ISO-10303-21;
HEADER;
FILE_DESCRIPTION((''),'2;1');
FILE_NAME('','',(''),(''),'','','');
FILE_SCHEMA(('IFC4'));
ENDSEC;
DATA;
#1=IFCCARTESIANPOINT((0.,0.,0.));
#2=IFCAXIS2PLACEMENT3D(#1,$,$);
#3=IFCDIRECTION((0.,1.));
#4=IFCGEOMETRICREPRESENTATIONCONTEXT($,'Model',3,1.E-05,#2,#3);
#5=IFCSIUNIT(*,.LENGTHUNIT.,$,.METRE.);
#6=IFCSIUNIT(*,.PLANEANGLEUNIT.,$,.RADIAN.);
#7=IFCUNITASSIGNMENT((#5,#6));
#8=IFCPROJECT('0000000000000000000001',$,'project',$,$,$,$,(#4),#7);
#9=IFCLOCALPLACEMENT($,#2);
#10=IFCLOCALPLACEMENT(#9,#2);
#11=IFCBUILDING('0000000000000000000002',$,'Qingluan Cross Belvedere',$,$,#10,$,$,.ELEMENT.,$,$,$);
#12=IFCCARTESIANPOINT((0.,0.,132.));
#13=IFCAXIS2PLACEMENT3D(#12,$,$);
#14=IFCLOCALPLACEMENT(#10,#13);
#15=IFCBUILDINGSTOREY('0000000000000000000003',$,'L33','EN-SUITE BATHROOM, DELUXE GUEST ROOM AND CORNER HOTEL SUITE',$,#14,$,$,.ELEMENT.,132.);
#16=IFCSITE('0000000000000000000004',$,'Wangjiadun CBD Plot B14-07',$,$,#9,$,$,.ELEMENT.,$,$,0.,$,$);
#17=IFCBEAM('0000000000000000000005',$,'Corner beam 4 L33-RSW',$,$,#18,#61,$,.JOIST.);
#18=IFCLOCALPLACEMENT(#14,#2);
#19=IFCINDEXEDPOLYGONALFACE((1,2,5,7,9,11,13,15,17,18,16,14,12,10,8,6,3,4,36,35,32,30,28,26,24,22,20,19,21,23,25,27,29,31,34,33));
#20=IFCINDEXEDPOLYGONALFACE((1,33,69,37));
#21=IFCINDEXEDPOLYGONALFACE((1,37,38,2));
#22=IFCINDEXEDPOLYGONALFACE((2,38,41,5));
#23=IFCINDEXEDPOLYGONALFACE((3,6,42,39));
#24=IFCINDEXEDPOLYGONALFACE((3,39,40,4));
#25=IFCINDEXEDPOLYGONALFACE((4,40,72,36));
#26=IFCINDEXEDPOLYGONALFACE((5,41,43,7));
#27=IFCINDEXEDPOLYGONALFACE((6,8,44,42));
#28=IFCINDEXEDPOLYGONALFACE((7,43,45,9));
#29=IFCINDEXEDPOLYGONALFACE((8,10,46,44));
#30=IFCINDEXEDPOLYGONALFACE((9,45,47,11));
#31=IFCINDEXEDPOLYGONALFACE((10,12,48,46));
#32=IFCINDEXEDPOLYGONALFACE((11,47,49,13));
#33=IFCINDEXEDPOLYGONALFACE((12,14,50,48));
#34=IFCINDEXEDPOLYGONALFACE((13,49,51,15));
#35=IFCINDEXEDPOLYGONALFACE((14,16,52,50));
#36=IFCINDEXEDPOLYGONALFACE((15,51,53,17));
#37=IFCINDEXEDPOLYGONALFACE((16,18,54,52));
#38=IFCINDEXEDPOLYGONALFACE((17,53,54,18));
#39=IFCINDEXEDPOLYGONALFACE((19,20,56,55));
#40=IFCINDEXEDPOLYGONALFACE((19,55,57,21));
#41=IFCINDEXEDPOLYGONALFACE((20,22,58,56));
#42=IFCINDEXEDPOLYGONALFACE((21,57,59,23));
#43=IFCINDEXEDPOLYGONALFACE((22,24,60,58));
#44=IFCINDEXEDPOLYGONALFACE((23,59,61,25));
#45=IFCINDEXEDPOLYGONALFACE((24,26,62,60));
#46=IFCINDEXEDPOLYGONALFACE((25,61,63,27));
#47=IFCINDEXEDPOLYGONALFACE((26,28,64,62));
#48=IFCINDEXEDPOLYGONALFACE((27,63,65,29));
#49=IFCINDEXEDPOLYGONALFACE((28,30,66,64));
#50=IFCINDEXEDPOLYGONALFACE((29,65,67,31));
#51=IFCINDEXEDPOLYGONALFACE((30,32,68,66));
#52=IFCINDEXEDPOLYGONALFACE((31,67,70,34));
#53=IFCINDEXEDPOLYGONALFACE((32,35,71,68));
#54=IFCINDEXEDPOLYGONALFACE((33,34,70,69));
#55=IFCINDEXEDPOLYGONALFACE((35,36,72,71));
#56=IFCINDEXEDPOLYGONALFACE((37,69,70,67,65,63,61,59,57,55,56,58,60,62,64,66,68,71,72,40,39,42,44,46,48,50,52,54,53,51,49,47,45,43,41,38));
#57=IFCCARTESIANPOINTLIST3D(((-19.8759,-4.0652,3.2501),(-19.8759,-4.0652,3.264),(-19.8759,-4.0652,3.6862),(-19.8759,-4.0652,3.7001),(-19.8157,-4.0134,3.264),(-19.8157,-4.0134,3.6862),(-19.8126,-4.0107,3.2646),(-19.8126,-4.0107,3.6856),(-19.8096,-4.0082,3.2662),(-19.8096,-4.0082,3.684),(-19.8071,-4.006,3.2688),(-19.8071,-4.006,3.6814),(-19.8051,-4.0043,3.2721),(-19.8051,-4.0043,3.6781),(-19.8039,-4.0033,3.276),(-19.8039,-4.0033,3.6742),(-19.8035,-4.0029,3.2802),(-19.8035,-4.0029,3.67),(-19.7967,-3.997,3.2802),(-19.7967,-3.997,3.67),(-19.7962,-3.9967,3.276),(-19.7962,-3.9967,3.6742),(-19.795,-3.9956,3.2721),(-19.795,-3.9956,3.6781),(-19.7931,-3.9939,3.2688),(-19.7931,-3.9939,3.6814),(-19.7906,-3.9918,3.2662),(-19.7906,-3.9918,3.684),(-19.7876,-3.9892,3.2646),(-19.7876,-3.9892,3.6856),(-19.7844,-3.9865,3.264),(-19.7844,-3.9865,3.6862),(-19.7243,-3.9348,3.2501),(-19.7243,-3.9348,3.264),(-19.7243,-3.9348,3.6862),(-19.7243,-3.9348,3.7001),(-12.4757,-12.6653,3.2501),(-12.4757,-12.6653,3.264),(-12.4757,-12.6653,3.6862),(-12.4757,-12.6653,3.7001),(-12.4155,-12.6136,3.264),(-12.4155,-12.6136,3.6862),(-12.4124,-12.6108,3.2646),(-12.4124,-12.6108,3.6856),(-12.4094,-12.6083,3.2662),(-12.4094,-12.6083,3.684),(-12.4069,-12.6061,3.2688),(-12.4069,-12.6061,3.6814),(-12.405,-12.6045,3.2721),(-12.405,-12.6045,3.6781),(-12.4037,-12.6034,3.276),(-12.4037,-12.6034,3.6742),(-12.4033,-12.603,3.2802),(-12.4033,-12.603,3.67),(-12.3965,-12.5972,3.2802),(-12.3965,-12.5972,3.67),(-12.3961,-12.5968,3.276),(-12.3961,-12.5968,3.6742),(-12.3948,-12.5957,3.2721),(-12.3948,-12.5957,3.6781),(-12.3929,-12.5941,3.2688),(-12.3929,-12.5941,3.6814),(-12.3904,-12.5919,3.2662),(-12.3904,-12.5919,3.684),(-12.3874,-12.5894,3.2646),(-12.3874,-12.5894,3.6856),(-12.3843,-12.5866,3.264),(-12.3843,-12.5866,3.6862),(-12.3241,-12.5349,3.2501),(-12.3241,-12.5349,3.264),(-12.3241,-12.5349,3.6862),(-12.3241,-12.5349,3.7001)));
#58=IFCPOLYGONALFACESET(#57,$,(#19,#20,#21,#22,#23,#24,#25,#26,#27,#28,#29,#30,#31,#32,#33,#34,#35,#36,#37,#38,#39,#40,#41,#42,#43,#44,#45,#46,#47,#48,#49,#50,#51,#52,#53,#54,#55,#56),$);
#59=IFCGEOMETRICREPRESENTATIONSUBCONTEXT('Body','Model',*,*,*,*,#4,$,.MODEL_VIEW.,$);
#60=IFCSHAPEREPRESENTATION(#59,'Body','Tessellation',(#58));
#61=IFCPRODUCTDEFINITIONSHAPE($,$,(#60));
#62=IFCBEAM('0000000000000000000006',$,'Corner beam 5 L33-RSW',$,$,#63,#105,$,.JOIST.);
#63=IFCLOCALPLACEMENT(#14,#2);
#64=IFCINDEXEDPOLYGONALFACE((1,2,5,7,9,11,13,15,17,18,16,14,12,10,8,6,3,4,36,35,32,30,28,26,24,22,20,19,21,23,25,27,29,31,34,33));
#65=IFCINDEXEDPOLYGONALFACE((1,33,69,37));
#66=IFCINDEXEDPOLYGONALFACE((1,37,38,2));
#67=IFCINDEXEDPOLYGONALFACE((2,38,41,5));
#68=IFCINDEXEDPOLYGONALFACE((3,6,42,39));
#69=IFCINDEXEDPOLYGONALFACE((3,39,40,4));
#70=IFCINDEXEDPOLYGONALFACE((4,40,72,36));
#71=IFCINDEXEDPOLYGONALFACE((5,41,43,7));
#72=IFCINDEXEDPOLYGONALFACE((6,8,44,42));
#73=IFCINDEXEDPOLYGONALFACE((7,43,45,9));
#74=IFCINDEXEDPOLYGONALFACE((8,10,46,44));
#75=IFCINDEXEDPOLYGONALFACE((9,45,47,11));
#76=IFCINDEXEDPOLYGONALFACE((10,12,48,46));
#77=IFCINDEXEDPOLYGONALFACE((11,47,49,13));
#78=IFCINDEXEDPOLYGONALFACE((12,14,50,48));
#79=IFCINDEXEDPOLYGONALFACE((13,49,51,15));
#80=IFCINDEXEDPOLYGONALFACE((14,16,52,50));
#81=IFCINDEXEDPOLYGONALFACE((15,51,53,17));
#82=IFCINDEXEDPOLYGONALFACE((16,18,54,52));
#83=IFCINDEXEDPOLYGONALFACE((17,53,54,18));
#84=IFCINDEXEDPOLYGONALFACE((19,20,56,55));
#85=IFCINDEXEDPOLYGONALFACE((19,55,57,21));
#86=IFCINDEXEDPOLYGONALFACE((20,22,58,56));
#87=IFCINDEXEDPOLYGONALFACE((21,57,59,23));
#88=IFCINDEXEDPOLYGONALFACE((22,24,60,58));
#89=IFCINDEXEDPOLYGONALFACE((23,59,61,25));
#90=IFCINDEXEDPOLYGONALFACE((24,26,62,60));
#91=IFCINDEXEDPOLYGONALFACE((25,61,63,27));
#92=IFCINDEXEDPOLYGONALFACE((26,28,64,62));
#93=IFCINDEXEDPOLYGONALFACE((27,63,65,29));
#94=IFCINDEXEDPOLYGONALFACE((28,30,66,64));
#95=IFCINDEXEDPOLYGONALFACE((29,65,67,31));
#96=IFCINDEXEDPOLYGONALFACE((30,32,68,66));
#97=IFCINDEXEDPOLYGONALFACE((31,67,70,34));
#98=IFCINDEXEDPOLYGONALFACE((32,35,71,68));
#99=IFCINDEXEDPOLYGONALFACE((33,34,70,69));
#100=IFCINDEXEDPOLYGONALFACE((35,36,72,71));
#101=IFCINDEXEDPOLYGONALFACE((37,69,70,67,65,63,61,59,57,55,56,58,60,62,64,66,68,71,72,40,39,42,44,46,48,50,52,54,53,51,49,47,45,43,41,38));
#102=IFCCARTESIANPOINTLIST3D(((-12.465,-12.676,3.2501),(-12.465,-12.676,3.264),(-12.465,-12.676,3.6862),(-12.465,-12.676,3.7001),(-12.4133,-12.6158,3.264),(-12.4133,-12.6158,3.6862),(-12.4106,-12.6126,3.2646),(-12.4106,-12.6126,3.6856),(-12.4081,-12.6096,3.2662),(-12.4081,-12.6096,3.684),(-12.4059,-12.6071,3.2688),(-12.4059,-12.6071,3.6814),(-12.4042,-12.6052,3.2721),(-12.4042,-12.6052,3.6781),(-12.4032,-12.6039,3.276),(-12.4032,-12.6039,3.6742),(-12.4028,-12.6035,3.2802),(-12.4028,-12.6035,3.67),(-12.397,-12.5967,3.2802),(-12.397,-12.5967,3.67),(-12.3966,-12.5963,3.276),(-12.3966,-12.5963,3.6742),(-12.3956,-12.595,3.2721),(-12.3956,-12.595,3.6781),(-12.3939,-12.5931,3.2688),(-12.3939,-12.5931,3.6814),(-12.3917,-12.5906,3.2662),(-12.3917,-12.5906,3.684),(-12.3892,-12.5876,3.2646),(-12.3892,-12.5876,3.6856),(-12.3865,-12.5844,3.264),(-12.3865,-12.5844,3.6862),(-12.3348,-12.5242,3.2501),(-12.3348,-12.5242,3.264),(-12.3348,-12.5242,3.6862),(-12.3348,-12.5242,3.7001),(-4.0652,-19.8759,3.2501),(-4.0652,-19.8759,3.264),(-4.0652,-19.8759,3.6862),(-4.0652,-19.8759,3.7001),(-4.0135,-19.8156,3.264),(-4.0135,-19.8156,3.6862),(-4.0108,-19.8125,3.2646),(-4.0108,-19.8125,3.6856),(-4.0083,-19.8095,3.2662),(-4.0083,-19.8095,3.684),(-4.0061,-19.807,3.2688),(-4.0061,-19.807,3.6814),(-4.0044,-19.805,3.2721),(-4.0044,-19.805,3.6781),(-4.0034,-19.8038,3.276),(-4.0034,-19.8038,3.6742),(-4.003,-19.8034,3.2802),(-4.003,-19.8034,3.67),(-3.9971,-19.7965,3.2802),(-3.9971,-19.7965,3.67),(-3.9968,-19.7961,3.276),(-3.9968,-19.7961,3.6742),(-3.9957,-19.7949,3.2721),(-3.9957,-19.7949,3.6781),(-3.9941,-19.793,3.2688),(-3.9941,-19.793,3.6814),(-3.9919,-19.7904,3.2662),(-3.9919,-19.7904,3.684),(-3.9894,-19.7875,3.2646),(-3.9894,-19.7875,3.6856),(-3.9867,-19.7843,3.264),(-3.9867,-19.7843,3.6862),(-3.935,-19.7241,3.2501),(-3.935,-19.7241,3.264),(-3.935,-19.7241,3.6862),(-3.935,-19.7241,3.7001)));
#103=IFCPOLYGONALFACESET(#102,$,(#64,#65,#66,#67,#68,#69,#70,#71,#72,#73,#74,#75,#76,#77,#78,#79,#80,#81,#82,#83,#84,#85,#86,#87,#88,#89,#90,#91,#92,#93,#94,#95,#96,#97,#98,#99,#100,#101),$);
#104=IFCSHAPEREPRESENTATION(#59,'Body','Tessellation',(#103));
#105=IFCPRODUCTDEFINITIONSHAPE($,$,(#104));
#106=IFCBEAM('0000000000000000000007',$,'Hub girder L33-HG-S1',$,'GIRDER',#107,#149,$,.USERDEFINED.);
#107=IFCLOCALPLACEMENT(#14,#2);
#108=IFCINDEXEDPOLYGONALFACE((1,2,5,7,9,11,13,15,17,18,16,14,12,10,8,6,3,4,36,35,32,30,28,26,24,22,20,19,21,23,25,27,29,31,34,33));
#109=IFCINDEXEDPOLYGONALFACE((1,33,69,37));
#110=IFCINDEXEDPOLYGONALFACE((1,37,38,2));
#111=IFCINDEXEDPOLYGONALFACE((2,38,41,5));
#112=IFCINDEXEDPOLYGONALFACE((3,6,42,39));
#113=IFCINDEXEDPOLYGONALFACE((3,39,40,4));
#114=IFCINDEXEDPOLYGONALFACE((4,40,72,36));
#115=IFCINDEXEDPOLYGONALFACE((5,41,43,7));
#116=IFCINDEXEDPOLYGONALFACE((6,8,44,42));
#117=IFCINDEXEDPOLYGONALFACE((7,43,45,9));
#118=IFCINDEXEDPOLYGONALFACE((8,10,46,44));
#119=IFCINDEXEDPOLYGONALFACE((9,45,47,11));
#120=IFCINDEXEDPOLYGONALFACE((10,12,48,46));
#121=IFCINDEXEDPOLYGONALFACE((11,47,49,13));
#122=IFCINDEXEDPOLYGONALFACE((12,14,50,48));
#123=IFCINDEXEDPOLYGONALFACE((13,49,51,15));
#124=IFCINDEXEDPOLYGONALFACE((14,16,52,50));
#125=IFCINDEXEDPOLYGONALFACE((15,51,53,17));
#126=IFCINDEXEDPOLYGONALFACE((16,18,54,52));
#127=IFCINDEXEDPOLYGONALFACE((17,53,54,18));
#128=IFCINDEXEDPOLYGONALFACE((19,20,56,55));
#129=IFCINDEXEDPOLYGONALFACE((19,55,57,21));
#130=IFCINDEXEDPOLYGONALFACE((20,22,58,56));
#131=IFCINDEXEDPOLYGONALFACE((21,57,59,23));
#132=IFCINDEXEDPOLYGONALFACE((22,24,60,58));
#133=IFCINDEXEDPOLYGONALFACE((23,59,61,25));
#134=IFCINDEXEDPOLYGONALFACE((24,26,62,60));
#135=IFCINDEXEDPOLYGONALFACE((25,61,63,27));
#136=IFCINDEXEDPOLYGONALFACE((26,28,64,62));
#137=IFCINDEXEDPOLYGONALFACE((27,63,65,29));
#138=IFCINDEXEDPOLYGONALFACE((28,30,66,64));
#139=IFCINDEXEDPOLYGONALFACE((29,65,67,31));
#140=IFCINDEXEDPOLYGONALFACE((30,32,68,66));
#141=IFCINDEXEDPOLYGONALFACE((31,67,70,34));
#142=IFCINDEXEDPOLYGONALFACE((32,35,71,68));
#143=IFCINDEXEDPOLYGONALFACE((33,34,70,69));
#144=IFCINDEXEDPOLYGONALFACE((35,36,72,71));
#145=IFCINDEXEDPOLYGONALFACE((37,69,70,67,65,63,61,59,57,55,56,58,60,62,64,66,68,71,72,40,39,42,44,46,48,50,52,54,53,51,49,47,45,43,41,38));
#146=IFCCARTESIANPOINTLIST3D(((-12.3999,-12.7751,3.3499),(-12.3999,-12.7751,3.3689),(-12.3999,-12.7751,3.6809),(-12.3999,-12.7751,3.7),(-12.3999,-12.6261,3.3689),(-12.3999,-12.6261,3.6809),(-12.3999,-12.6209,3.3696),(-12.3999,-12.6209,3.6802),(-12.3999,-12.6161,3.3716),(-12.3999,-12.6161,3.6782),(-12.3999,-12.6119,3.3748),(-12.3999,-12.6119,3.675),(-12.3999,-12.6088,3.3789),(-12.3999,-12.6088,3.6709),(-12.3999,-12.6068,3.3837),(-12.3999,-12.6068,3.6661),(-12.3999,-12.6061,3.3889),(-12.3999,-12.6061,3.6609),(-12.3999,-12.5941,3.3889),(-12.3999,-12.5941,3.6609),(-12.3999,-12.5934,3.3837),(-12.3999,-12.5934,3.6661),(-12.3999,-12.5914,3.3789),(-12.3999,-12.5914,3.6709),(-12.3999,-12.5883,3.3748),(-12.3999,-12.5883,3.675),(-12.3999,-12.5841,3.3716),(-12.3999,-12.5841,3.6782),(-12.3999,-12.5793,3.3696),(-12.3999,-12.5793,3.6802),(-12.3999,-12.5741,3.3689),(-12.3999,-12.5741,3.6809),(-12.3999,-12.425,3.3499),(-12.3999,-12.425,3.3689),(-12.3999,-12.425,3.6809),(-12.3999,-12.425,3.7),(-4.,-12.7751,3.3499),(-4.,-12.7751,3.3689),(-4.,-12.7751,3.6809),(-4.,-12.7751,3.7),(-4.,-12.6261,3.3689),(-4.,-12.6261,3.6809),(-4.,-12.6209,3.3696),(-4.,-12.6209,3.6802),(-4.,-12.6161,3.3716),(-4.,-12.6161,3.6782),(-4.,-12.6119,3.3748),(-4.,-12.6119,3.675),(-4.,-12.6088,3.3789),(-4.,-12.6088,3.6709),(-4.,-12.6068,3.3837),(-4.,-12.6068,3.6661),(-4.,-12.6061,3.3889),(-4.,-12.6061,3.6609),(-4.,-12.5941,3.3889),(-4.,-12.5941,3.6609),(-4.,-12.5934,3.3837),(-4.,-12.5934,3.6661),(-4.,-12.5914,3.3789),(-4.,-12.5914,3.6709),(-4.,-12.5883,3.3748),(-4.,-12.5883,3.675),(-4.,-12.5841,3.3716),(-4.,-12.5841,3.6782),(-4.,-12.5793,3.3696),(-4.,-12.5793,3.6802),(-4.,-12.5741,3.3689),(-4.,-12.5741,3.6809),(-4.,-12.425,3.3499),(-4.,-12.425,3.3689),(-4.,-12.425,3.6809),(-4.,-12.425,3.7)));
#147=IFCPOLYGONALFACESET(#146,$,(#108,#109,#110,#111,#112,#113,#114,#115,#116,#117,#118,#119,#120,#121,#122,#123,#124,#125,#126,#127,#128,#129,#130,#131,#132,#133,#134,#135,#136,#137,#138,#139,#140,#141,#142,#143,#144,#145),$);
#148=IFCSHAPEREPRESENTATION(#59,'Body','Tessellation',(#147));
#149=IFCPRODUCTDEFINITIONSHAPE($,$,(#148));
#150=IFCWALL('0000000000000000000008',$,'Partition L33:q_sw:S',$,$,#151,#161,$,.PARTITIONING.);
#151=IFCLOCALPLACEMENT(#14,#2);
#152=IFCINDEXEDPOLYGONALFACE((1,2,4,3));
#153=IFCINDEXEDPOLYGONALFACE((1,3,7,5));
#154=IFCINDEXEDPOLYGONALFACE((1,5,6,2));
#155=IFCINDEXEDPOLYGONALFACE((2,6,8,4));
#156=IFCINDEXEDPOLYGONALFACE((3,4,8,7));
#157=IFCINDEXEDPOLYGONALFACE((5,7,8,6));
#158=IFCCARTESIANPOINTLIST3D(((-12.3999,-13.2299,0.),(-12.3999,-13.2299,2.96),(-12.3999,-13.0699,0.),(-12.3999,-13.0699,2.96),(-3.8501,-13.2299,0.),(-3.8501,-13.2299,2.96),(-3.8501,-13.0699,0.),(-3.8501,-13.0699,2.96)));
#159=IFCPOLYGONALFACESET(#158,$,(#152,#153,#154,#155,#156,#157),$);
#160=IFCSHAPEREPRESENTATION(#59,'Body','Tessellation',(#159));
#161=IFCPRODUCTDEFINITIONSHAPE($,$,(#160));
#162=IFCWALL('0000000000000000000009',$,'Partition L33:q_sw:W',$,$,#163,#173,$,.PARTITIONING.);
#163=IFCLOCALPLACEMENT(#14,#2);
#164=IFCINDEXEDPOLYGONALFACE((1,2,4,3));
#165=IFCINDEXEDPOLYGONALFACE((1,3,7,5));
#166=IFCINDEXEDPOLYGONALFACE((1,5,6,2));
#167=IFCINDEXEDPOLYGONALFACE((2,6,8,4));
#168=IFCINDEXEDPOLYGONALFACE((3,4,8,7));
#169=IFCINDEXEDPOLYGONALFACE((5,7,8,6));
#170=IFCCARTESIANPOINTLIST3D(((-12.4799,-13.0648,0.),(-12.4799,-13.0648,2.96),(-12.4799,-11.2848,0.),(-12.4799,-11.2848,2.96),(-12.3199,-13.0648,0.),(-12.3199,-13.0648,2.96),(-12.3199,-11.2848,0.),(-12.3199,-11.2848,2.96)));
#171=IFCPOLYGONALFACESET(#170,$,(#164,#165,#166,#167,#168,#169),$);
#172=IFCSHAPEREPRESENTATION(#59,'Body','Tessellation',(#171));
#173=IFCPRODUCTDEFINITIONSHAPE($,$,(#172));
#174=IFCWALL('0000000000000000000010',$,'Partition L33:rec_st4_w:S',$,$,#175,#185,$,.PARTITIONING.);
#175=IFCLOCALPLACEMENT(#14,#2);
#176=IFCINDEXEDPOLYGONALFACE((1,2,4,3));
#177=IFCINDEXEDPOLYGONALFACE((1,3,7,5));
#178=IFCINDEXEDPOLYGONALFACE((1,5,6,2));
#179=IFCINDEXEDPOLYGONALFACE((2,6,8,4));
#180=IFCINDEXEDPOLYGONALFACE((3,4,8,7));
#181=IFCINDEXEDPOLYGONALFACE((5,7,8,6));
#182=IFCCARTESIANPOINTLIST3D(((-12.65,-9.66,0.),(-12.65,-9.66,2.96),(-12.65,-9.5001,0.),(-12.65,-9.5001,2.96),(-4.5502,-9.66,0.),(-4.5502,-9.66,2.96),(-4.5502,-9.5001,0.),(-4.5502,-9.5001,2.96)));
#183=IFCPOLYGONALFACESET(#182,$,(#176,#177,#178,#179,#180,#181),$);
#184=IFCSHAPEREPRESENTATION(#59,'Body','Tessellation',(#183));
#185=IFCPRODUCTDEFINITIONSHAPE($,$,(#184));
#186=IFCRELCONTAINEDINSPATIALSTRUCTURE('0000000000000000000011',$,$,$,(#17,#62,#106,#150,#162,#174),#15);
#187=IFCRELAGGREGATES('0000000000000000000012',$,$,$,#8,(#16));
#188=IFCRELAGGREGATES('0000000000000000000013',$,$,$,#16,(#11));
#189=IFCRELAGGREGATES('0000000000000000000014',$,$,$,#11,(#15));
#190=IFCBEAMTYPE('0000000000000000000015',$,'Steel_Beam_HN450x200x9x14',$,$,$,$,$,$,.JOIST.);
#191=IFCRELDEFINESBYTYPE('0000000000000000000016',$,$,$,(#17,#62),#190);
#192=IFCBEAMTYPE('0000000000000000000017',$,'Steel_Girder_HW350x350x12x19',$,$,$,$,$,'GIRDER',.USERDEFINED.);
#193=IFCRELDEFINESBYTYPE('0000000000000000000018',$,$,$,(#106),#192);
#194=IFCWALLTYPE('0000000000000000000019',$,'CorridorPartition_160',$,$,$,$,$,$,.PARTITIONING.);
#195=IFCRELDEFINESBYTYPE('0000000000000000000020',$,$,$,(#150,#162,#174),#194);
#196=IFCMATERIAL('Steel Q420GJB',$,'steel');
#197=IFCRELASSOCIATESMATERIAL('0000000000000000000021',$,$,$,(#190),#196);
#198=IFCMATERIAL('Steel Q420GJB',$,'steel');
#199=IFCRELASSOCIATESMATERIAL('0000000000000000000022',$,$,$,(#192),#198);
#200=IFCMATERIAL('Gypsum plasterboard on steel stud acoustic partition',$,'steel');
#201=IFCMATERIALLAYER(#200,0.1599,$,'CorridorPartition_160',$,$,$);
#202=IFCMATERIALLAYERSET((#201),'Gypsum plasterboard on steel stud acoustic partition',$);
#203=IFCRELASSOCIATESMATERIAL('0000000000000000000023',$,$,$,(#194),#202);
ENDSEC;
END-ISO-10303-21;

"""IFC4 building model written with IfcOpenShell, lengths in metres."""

from ifc_helpers import new_model, si_unit, direction, frame, frame_2d, origin, origin_2d, place, context, subcontext, project, spatial, rectangle, i_section, extrude, material, layer, layer_set, material_profile, profile_set, type_object, element, save


model = new_model("IFC4")

# Units and contexts
model_context = context("Model", 3, precision=1e-05, world=origin(), true_north=direction((0.0, 1.0)))
body_context = subcontext(model_context, "Body", "Model", "MODEL_VIEW")
ifc_project = project(units=[si_unit("LENGTHUNIT", "METRE"), si_unit("PLANEANGLEUNIT", "RADIAN")], contexts=[model_context])

# Site, building, storey
site_placement = place(None, origin())
site = spatial("IfcSite", under=ifc_project, at=site_placement, Name="Wangjiadun CBD Plot B14-07", CompositionType="ELEMENT", RefElevation=0.0)
building_placement = place(site_placement, origin())
building = spatial("IfcBuilding", under=site, at=building_placement, Name="Qingluan Cross Belvedere", CompositionType="ELEMENT")
storey_placement = place(building_placement, frame((0.0, 0.0, 132.0)))
storey = spatial("IfcBuildingStorey", under=building, at=storey_placement, Name="L33", Description="EN-SUITE BATHROOM, DELUXE GUEST ROOM AND CORNER HOTEL SUITE", CompositionType="ELEMENT", Elevation=132.0)

# Beams
ifc_material_1 = material(Name="Steel Q420GJB", Category="steel")
ifc_material_profile_1 = material_profile(ifc_material_1, i_section(OverallWidth=0.2, OverallDepth=0.45, WebThickness=0.009, FlangeThickness=0.0139, FilletRadius=0.0161, at=origin_2d()), Name="HN450x200x9x14")
ifc_profile_set_1 = profile_set([ifc_material_profile_1], Name="Steel Q420GJB")
beam_type_1 = type_object("IfcBeamType", Name="Steel_Beam_HN450x200x9x14", PredefinedType="JOIST", material=ifc_profile_set_1)
beam_1_placement = place(storey_placement, frame((-12.3999, -12.6001, 3.4751), z_axis=(-0.652245, 0.758008, 0.0), x_axis=(-0.758008, -0.652245, 0.0)))
element("IfcBeam", 1, at=beam_1_placement, inside=storey, type_object=beam_type_1, Name="Corner beam 4 L33-RSW", PredefinedType="JOIST", context=body_context, shape_type="SweptSolid", body=[
    extrude(i_section(OverallWidth=0.2, OverallDepth=0.45, WebThickness=0.009, FlangeThickness=0.0139, FilletRadius=0.0161, at=origin_2d()), origin(), (0.0, 0.0, 1.0), 11.3457),
])
beam_2_placement = place(storey_placement, frame((-12.3999, -12.6001, 3.4751), z_axis=(0.759255, -0.650793, 0.0), x_axis=(0.650793, 0.759255, 0.0)))
element("IfcBeam", 2, at=beam_2_placement, inside=storey, type_object=beam_type_1, Name="Corner beam 5 L33-RSW", PredefinedType="JOIST", context=body_context, shape_type="SweptSolid", body=[
    extrude(i_section(OverallWidth=0.2, OverallDepth=0.45, WebThickness=0.009, FlangeThickness=0.0139, FilletRadius=0.0161, at=origin_2d()), origin(), (0.0, 0.0, 1.0), 11.0632),
])
ifc_material_2 = material(Name="Steel Q420GJB", Category="steel")
ifc_material_profile_2 = material_profile(ifc_material_2, i_section(OverallWidth=0.3501, OverallDepth=0.3501, WebThickness=0.012, FlangeThickness=0.019, FilletRadius=0.02, at=origin_2d()), Name="HW350x350x12x19")
ifc_profile_set_2 = profile_set([ifc_material_profile_2], Name="Steel Q420GJB")
beam_type_2 = type_object("IfcBeamType", Name="Steel_Girder_HW350x350x12x19", ElementType="GIRDER", PredefinedType="USERDEFINED", material=ifc_profile_set_2)
beam_3_placement = place(storey_placement, frame((-12.3999, -12.6001, 3.5249), z_axis=(1.0, 0.0, 0.0), x_axis=(0.0, 1.0, 0.0)))
element("IfcBeam", 3, at=beam_3_placement, inside=storey, type_object=beam_type_2, Name="Hub girder L33-HG-S1", ObjectType="GIRDER", PredefinedType="USERDEFINED", context=body_context, shape_type="SweptSolid", body=[
    extrude(i_section(OverallWidth=0.3501, OverallDepth=0.3501, WebThickness=0.012, FlangeThickness=0.019, FilletRadius=0.02, at=origin_2d()), origin(), (0.0, 0.0, 1.0), 8.3999),
])

# Walls
ifc_material_3 = material(Name="Gypsum plasterboard on steel stud acoustic partition", Category="steel")
ifc_layer_1 = layer(ifc_material_3, 0.1599, Name="CorridorPartition_160")
ifc_layer_set_1 = layer_set([ifc_layer_1], Name="Gypsum plasterboard on steel stud acoustic partition")
wall_type_1 = type_object("IfcWallType", Name="CorridorPartition_160", PredefinedType="PARTITIONING", material=ifc_layer_set_1)
wall_1_placement = place(storey_placement, frame((-12.3999, -13.1499, 0.0), z_axis=(0.0, 0.0, 1.0), x_axis=(1.0, 0.0, 0.0)))
element("IfcWall", 4, at=wall_1_placement, inside=storey, type_object=wall_type_1, Name="Partition L33:q_sw:S", PredefinedType="PARTITIONING", context=body_context, shape_type="SweptSolid", body=[
    extrude(rectangle(XDim=8.5498, YDim=0.1599, at=frame_2d((4.2749, 0.0))), origin(), (0.0, 0.0, 1.0), 2.96),
])
wall_2_placement = place(storey_placement, frame((-12.3999, -13.0649, 0.0), z_axis=(0.0, 0.0, 1.0), x_axis=(0.0, 1.0, 0.0)))
element("IfcWall", 5, at=wall_2_placement, inside=storey, type_object=wall_type_1, Name="Partition L33:q_sw:W", PredefinedType="PARTITIONING", context=body_context, shape_type="SweptSolid", body=[
    extrude(rectangle(XDim=1.78, YDim=0.1599, at=frame_2d((0.8901, 0.0))), origin(), (0.0, 0.0, 1.0), 2.96),
])
wall_3_placement = place(storey_placement, frame((-12.6499, -9.5801, 0.0), z_axis=(0.0, 0.0, 1.0), x_axis=(1.0, 0.0, 0.0)))
element("IfcWall", 6, at=wall_3_placement, inside=storey, type_object=wall_type_1, Name="Partition L33:rec_st4_w:S", PredefinedType="PARTITIONING", context=body_context, shape_type="SweptSolid", body=[
    extrude(rectangle(XDim=8.0999, YDim=0.1599, at=frame_2d((4.0498, 0.0))), origin(), (0.0, 0.0, 1.0), 2.96),
])

save(model, "model.ifc")
